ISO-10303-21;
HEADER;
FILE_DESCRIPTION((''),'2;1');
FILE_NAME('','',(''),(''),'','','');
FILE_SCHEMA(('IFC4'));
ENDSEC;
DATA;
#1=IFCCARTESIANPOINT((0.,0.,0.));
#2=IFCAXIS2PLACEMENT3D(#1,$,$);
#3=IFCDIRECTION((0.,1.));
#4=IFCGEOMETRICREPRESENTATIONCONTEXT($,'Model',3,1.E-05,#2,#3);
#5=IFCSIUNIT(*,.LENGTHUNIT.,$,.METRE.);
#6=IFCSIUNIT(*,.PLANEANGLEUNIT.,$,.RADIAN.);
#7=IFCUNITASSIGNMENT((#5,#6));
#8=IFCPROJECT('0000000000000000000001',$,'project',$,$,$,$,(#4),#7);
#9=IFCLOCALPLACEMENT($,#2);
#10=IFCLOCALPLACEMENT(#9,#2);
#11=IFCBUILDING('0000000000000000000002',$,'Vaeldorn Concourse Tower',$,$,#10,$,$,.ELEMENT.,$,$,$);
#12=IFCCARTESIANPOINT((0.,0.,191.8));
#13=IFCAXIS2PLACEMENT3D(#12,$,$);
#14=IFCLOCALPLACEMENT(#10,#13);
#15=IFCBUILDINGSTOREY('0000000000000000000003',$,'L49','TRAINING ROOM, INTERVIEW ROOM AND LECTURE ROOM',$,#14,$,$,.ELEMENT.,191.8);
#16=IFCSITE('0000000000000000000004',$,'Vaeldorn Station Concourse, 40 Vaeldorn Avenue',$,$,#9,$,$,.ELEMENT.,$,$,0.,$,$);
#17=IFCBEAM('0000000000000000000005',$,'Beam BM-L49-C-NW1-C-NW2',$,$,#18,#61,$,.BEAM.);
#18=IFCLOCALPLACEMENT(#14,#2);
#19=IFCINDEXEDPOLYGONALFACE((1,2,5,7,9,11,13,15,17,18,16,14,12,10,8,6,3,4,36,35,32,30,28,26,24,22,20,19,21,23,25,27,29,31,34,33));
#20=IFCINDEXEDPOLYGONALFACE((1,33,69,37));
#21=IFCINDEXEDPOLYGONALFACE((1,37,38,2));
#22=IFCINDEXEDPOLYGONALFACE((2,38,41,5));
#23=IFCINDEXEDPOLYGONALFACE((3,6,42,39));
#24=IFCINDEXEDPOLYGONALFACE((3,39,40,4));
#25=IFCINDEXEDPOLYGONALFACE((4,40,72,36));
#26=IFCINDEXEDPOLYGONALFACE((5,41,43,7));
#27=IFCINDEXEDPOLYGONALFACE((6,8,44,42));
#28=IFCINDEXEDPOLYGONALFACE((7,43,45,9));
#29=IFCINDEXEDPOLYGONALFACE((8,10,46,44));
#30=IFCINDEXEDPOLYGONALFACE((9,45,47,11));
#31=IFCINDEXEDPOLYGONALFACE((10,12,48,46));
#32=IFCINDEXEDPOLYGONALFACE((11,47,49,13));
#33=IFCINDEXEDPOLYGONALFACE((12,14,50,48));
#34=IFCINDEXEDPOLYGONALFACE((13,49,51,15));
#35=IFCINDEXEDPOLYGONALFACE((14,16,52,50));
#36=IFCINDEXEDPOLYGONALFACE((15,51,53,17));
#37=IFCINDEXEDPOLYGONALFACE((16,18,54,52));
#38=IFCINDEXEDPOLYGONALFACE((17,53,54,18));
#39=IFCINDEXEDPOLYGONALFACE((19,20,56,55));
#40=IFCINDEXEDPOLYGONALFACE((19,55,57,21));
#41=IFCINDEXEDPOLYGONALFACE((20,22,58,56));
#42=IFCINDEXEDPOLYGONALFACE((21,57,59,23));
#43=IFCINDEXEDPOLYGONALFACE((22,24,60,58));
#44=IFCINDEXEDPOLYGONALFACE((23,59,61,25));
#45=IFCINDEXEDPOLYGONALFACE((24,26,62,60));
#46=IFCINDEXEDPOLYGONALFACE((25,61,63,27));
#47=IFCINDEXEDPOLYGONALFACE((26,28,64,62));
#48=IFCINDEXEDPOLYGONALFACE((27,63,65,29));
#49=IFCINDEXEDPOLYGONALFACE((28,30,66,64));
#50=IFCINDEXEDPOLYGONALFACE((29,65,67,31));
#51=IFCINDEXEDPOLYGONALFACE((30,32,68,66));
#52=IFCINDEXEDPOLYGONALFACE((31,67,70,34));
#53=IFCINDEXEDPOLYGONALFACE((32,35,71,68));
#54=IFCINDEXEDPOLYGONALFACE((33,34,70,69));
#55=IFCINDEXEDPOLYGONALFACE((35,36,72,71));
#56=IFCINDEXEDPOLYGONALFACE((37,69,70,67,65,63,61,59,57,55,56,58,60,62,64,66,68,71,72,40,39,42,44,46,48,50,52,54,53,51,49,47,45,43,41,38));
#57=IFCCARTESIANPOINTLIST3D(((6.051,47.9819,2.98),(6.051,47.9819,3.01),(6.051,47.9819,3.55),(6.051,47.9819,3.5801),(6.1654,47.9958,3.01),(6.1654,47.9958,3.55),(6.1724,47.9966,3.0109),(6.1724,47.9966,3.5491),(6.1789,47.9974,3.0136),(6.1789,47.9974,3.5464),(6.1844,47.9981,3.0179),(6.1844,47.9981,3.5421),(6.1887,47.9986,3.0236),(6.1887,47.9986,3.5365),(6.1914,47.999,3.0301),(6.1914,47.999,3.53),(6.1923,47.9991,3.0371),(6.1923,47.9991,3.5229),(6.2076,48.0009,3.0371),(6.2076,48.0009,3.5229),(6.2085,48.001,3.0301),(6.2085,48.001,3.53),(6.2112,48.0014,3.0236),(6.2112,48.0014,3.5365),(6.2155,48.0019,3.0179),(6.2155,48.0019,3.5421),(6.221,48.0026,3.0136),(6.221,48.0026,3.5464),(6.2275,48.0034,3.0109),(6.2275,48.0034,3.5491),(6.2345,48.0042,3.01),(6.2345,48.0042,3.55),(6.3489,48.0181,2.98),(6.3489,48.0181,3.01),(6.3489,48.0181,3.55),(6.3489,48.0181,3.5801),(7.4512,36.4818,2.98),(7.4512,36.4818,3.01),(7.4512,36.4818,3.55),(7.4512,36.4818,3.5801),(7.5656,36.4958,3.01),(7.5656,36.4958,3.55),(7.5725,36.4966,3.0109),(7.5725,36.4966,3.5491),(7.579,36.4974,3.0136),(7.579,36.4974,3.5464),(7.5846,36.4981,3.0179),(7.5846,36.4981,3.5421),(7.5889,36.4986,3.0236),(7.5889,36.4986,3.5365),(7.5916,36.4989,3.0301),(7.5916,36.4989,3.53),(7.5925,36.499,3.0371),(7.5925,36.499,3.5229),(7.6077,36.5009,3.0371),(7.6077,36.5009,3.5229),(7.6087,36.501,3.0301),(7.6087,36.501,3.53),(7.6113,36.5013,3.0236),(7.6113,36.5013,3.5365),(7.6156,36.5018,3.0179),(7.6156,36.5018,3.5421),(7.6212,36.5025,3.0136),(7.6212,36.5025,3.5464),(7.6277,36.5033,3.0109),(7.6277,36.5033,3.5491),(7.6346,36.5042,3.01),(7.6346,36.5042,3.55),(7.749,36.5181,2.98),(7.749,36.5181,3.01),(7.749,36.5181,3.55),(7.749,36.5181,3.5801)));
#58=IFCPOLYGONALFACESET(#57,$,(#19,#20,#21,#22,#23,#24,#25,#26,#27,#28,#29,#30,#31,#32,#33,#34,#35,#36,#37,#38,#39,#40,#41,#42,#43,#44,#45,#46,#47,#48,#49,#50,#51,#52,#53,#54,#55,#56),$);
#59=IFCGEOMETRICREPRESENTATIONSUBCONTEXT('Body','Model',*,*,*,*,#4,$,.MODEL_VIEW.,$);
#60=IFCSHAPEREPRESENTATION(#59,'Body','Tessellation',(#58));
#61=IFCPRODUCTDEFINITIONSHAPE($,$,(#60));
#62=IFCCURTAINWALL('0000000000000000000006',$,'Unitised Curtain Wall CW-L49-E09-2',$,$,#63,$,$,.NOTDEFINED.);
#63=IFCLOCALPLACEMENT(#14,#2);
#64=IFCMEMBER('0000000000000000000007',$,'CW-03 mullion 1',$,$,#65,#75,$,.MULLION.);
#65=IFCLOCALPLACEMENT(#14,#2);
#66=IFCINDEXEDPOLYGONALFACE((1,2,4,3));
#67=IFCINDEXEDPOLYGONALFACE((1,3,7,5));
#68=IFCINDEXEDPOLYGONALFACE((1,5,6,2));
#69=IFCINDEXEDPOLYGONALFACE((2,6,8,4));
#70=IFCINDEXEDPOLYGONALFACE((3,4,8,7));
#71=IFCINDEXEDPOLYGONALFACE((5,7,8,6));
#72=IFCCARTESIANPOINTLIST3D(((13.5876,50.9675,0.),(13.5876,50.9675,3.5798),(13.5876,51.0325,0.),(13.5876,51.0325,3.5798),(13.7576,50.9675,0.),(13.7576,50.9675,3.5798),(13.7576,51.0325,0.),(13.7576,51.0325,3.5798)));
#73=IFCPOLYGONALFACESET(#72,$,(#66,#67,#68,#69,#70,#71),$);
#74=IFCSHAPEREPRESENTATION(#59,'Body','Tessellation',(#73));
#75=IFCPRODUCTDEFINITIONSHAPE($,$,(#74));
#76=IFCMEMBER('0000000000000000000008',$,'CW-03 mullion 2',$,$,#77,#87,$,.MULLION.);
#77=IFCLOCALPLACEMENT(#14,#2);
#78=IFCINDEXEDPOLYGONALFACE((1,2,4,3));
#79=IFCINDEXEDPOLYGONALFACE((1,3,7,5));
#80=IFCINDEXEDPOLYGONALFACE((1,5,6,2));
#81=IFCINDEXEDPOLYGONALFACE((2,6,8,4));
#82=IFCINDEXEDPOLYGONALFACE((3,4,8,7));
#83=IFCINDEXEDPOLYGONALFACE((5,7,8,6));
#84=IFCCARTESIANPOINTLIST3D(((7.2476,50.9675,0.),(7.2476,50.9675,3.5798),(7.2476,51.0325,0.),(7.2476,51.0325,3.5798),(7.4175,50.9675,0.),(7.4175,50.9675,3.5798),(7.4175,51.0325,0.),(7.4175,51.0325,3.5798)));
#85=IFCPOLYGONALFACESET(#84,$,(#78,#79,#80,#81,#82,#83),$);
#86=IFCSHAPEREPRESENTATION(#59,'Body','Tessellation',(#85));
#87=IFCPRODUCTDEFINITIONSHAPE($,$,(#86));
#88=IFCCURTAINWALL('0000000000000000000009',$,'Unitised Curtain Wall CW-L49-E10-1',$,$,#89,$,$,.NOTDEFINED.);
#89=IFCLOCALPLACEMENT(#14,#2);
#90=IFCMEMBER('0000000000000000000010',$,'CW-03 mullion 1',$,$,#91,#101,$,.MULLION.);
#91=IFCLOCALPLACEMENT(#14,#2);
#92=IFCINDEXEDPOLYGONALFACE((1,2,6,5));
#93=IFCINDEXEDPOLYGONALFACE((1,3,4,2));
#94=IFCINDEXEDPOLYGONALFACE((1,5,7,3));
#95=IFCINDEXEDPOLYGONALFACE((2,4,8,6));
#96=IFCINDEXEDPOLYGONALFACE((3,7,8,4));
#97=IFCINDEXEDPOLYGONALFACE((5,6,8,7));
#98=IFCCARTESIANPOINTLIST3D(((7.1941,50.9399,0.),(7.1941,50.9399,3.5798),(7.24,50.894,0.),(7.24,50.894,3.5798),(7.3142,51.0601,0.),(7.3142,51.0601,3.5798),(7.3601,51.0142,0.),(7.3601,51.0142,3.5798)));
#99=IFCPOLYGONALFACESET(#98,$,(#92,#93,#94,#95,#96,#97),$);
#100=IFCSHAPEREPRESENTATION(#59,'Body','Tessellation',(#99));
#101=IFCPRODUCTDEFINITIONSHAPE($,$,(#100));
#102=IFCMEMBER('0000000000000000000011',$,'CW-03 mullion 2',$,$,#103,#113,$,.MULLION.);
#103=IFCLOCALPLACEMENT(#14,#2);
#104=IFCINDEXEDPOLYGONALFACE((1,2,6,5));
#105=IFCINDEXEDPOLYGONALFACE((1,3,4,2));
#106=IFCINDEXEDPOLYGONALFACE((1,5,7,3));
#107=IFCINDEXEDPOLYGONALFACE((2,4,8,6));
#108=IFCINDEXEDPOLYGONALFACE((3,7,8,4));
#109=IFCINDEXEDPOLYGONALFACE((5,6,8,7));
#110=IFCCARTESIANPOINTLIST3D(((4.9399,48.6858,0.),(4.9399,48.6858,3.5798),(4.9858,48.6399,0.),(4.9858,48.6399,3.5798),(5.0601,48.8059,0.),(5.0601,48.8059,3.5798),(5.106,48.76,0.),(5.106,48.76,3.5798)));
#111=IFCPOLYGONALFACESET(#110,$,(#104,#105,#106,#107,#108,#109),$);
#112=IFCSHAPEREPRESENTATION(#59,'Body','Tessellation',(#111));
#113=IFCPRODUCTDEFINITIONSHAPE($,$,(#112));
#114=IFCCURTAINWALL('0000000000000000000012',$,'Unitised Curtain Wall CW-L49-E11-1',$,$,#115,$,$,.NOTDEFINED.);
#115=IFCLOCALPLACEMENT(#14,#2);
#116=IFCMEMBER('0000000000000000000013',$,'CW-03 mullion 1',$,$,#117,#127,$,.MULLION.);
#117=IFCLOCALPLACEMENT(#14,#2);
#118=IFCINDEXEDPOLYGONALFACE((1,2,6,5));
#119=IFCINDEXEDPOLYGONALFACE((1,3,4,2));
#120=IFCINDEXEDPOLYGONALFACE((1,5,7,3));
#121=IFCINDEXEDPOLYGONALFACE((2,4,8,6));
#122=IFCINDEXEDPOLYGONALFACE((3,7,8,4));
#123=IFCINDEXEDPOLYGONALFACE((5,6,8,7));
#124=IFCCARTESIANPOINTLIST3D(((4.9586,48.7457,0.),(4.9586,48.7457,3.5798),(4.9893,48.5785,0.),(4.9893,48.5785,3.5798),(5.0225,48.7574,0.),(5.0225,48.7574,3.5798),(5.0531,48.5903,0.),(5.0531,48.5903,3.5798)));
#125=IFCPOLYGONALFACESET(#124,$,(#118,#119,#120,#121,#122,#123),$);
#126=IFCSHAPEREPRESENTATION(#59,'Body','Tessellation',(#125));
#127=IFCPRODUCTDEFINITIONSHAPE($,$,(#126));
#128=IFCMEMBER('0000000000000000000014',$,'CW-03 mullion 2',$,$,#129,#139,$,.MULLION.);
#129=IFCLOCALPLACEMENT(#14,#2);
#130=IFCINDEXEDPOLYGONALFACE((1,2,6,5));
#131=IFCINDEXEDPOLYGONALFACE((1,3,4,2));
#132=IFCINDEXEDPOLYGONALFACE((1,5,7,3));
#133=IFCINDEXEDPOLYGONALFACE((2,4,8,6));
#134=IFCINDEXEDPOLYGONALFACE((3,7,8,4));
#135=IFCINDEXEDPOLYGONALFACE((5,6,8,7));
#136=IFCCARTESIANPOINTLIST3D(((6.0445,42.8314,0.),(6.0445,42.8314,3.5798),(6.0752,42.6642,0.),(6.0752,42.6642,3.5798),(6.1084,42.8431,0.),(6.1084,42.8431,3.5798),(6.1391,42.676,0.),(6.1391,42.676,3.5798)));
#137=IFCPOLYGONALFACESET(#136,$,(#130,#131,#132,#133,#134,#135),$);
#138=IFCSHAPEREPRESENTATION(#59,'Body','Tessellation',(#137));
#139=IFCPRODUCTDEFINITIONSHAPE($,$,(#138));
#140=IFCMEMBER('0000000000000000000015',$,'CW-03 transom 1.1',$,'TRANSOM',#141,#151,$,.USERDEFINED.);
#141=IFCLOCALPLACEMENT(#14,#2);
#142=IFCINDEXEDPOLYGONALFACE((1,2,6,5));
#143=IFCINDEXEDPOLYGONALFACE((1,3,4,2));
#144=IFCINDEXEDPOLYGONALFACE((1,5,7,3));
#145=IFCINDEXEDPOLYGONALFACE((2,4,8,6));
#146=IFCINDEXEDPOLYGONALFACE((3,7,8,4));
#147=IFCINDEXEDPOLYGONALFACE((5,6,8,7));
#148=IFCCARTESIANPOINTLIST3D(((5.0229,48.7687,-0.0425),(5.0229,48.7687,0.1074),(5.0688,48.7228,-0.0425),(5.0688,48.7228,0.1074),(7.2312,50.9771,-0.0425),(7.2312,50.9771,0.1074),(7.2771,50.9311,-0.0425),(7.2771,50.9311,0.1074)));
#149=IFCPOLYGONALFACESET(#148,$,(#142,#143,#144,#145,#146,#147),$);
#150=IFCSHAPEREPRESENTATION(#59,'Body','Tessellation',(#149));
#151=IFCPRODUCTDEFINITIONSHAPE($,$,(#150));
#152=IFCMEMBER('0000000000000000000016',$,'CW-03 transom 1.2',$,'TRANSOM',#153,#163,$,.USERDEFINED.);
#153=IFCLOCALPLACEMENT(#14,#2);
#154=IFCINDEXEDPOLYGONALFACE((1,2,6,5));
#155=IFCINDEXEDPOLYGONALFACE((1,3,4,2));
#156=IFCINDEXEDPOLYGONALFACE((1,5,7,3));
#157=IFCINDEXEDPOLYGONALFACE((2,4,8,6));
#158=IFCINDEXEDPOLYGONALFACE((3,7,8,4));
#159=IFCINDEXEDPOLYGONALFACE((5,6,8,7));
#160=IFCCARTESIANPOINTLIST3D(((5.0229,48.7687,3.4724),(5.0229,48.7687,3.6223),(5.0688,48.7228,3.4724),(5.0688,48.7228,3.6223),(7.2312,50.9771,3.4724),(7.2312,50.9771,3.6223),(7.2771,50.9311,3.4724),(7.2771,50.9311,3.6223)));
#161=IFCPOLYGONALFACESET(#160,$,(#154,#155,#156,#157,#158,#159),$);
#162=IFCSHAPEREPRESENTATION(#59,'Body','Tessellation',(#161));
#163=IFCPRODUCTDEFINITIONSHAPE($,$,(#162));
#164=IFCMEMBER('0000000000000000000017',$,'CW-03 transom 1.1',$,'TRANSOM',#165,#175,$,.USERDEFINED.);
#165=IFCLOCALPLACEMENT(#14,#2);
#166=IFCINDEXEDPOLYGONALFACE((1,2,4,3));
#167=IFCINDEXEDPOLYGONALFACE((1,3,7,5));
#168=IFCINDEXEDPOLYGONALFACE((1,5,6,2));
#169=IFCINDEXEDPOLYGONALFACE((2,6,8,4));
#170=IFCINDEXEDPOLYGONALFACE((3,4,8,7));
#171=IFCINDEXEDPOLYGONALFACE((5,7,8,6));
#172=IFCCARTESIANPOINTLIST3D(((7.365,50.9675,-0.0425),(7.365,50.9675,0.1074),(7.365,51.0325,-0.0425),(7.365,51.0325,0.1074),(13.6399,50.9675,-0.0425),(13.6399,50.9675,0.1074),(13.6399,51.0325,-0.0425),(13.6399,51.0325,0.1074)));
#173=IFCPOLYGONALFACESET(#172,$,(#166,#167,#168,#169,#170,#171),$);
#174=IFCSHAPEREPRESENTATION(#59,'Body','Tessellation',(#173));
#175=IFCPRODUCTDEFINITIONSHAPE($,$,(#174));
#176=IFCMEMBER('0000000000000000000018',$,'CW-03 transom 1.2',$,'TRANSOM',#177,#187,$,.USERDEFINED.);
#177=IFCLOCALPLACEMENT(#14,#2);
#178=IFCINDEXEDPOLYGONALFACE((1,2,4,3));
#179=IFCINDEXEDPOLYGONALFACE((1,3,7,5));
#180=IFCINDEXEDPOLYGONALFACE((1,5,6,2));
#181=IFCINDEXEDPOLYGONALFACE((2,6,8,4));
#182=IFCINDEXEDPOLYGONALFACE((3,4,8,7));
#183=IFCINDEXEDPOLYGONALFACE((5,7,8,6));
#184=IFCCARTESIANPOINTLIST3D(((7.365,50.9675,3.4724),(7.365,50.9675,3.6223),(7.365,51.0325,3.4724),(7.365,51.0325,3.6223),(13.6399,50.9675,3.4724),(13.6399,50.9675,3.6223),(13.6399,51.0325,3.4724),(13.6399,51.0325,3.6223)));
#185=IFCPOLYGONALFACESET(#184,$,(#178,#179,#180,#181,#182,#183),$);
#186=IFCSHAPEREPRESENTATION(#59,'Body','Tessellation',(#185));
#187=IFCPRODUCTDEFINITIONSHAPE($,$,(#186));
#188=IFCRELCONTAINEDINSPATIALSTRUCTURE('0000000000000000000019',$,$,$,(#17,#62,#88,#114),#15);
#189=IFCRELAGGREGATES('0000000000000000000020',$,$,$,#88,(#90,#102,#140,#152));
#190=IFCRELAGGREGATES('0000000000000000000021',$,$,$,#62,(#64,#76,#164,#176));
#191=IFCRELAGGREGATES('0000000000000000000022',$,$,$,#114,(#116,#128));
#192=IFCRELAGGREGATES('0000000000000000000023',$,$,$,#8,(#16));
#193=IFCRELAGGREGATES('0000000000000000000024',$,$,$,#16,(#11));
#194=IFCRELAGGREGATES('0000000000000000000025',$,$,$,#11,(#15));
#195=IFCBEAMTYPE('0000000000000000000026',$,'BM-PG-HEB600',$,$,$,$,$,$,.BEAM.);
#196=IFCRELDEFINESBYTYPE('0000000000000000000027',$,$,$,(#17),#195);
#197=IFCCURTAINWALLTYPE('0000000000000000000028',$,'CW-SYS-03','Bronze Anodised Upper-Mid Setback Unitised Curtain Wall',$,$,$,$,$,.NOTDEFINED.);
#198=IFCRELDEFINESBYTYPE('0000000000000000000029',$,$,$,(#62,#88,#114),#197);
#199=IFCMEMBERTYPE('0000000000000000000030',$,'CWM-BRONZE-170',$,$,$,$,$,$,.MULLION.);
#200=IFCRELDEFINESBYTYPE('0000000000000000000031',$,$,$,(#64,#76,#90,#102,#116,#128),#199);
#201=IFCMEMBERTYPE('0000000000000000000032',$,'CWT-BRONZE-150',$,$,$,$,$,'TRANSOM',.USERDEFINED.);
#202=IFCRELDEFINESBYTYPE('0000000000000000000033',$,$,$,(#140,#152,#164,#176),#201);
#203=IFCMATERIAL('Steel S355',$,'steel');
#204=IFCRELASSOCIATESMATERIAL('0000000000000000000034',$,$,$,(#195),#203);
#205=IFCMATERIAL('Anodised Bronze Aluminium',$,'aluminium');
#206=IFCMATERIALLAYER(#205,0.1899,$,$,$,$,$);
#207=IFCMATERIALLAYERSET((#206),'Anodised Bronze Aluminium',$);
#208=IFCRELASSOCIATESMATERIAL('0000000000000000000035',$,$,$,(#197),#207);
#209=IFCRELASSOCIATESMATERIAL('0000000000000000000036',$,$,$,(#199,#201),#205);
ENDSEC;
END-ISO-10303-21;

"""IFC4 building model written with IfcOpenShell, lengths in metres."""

from ifc_helpers import new_model, si_unit, direction, frame, origin, origin_2d, place, context, subcontext, project, spatial, rectangle, i_section, extrude, source, transform, mapped, material, layer, layer_set, material_profile, profile_set, type_object, element, aggregate, save


model = new_model("IFC4")

# Units and contexts
model_context = context("Model", 3, precision=1e-05, world=origin(), true_north=direction((0.0, 1.0)))
body_context = subcontext(model_context, "Body", "Model", "MODEL_VIEW")
ifc_project = project(units=[si_unit("LENGTHUNIT", "METRE"), si_unit("PLANEANGLEUNIT", "RADIAN")], contexts=[model_context])

# Site, building, storey
site_placement = place(None, origin())
site = spatial("IfcSite", under=ifc_project, at=site_placement, Name="Vaeldorn Station Concourse, 40 Vaeldorn Avenue", CompositionType="ELEMENT", RefElevation=0.0)
building_placement = place(site_placement, origin())
building = spatial("IfcBuilding", under=site, at=building_placement, Name="Vaeldorn Concourse Tower", CompositionType="ELEMENT")
storey_placement = place(building_placement, frame((0.0, 0.0, 191.8)))
storey = spatial("IfcBuildingStorey", under=building, at=storey_placement, Name="L49", Description="TRAINING ROOM, INTERVIEW ROOM AND LECTURE ROOM", CompositionType="ELEMENT", Elevation=191.8)

# Beam
ifc_material_1 = material(Name="Steel S355", Category="steel")
ifc_material_profile_1 = material_profile(ifc_material_1, i_section(OverallWidth=0.3, OverallDepth=0.6001, WebThickness=0.0154, FlangeThickness=0.03, FilletRadius=0.0271, at=origin_2d()), Name="HEB 600")
ifc_profile_set_1 = profile_set([ifc_material_profile_1], Name="Steel S355")
beam_type_1 = type_object("IfcBeamType", Name="BM-PG-HEB600", PredefinedType="BEAM", material=ifc_profile_set_1)
shared_shape_1 = source(origin(), body_context, "Body", "SweptSolid", [
    extrude(i_section(OverallWidth=0.3, OverallDepth=0.6001, WebThickness=0.0154, FlangeThickness=0.03, FilletRadius=0.0271, at=origin_2d()), origin(), (0.0, 0.0, 1.0), 11.585),
])
beam_1_placement = place(storey_placement, frame((6.2, 48.0, 3.28), z_axis=(0.120859, -0.99267, 0.0), x_axis=(0.99267, 0.120859, 0.0)))
element("IfcBeam", 1, at=beam_1_placement, inside=storey, type_object=beam_type_1, Name="Beam BM-L49-C-NW1-C-NW2", PredefinedType="BEAM", context=body_context, shape_type="MappedRepresentation", body=[
    mapped(shared_shape_1, transform((0.0, 0.0, 0.0), scale=1.0)),
])

# Curtain walls, members
ifc_material_2 = material(Name="Anodised Bronze Aluminium", Category="aluminium")
ifc_layer_1 = layer(ifc_material_2, 0.1899)
ifc_layer_set_1 = layer_set([ifc_layer_1], Name="Anodised Bronze Aluminium")
curtain_wall_type = type_object("IfcCurtainWallType", Name="CW-SYS-03", Description="Bronze Anodised Upper-Mid Setback Unitised Curtain Wall", PredefinedType="NOTDEFINED", material=ifc_layer_set_1)
curtain_wall_1_placement = place(storey_placement, origin())
curtain_wall_1 = element("IfcCurtainWall", 2, at=curtain_wall_1_placement, inside=storey, type_object=curtain_wall_type, Name="Unitised Curtain Wall CW-L49-E09-2", PredefinedType="NOTDEFINED")
ifc_material_profile_2 = material_profile(ifc_material_2, rectangle(XDim=0.0649, YDim=0.1699, at=origin_2d()), Name="CWM 65x170")
ifc_profile_set_2 = profile_set([ifc_material_profile_2], Name="Anodised Bronze Aluminium")
member_type_1 = type_object("IfcMemberType", Name="CWM-BRONZE-170", PredefinedType="MULLION", material=ifc_profile_set_2)
shared_shape_2 = source(origin(), body_context, "Body", "SweptSolid", [
    extrude(rectangle(XDim=0.0649, YDim=0.1699, at=origin_2d()), origin(), (0.0, 0.0, 1.0), 3.5798),
])
member_1_placement = place(storey_placement, frame((13.6726, 51.0, 0.0), z_axis=(0.0, 0.0, 1.0), x_axis=(0.0, -1.0, 0.0)))
member_1 = element("IfcMember", 3, at=member_1_placement, type_object=member_type_1, Name="CW-03 mullion 1", PredefinedType="MULLION", context=body_context, shape_type="MappedRepresentation", body=[
    mapped(shared_shape_2, transform((0.0, 0.0, 0.0), scale=1.0)),
])
member_2_placement = place(storey_placement, frame((7.3325, 51.0, 0.0), z_axis=(0.0, 0.0, 1.0), x_axis=(0.0, -1.0, 0.0)))
member_2 = element("IfcMember", 4, at=member_2_placement, type_object=member_type_1, Name="CW-03 mullion 2", PredefinedType="MULLION", context=body_context, shape_type="MappedRepresentation", body=[
    mapped(shared_shape_2, transform((0.0, 0.0, 0.0), scale=1.0)),
])
curtain_wall_2_placement = place(storey_placement, origin())
curtain_wall_2 = element("IfcCurtainWall", 5, at=curtain_wall_2_placement, inside=storey, type_object=curtain_wall_type, Name="Unitised Curtain Wall CW-L49-E10-1", PredefinedType="NOTDEFINED")
member_3_placement = place(storey_placement, frame((7.2771, 50.9771, 0.0), z_axis=(0.0, 0.0, 1.0), x_axis=(0.707107, -0.707107, 0.0)))
member_3 = element("IfcMember", 6, at=member_3_placement, type_object=member_type_1, Name="CW-03 mullion 1", PredefinedType="MULLION", context=body_context, shape_type="MappedRepresentation", body=[
    mapped(shared_shape_2, transform((0.0, 0.0, 0.0), scale=1.0)),
])
member_4_placement = place(storey_placement, frame((5.0229, 48.7229, 0.0), z_axis=(0.0, 0.0, 1.0), x_axis=(0.707107, -0.707107, 0.0)))
member_4 = element("IfcMember", 7, at=member_4_placement, type_object=member_type_1, Name="CW-03 mullion 2", PredefinedType="MULLION", context=body_context, shape_type="MappedRepresentation", body=[
    mapped(shared_shape_2, transform((0.0, 0.0, 0.0), scale=1.0)),
])
curtain_wall_3_placement = place(storey_placement, origin())
curtain_wall_3 = element("IfcCurtainWall", 8, at=curtain_wall_3_placement, inside=storey, type_object=curtain_wall_type, Name="Unitised Curtain Wall CW-L49-E11-1", PredefinedType="NOTDEFINED")
member_5_placement = place(storey_placement, frame((5.0059, 48.668, 0.0), z_axis=(0.0, 0.0, 1.0), x_axis=(0.983559, 0.180585, 0.0)))
member_5 = element("IfcMember", 9, at=member_5_placement, type_object=member_type_1, Name="CW-03 mullion 1", PredefinedType="MULLION", context=body_context, shape_type="MappedRepresentation", body=[
    mapped(shared_shape_2, transform((0.0, 0.0, 0.0), scale=1.0)),
])
member_6_placement = place(storey_placement, frame((6.0918, 42.7537, 0.0), z_axis=(0.0, 0.0, 1.0), x_axis=(0.983559, 0.180585, 0.0)))
member_6 = element("IfcMember", 10, at=member_6_placement, type_object=member_type_1, Name="CW-03 mullion 2", PredefinedType="MULLION", context=body_context, shape_type="MappedRepresentation", body=[
    mapped(shared_shape_2, transform((0.0, 0.0, 0.0), scale=1.0)),
])

# Members
ifc_material_profile_3 = material_profile(ifc_material_2, rectangle(XDim=0.0649, YDim=0.1499, at=origin_2d()), Name="CWT 65x150")
ifc_profile_set_3 = profile_set([ifc_material_profile_3], Name="Anodised Bronze Aluminium")
member_type_2 = type_object("IfcMemberType", Name="CWT-BRONZE-150", ElementType="TRANSOM", PredefinedType="USERDEFINED", material=ifc_profile_set_3)
shared_shape_3 = source(origin(), body_context, "Body", "SweptSolid", [
    extrude(rectangle(XDim=0.0649, YDim=0.1499, at=origin_2d()), origin(), (0.0, 0.0, 1.0), 3.123),
])
member_7_placement = place(storey_placement, frame((7.2542, 50.9541, 0.0325), z_axis=(-0.707107, -0.707107, 0.0), x_axis=(0.707107, -0.707107, 0.0)))
member_7 = element("IfcMember", 11, at=member_7_placement, type_object=member_type_2, Name="CW-03 transom 1.1", ObjectType="TRANSOM", PredefinedType="USERDEFINED", context=body_context, shape_type="MappedRepresentation", body=[
    mapped(shared_shape_3, transform((0.0, 0.0, 0.0), scale=1.0)),
])
member_8_placement = place(storey_placement, frame((7.2542, 50.9541, 3.5474), z_axis=(-0.707107, -0.707107, 0.0), x_axis=(0.707107, -0.707107, 0.0)))
member_8 = element("IfcMember", 12, at=member_8_placement, type_object=member_type_2, Name="CW-03 transom 1.2", ObjectType="TRANSOM", PredefinedType="USERDEFINED", context=body_context, shape_type="MappedRepresentation", body=[
    mapped(shared_shape_3, transform((0.0, 0.0, 0.0), scale=1.0)),
])
shared_shape_4 = source(origin(), body_context, "Body", "SweptSolid", [
    extrude(rectangle(XDim=0.0649, YDim=0.1499, at=origin_2d()), origin(), (0.0, 0.0, 1.0), 6.2749),
])
member_9_placement = place(storey_placement, frame((13.6399, 51.0, 0.0325), z_axis=(-1.0, 0.0, 0.0), x_axis=(0.0, -1.0, 0.0)))
member_9 = element("IfcMember", 13, at=member_9_placement, type_object=member_type_2, Name="CW-03 transom 1.1", ObjectType="TRANSOM", PredefinedType="USERDEFINED", context=body_context, shape_type="MappedRepresentation", body=[
    mapped(shared_shape_4, transform((0.0, 0.0, 0.0), scale=1.0)),
])
member_10_placement = place(storey_placement, frame((13.6399, 51.0, 3.5474), z_axis=(-1.0, 0.0, 0.0), x_axis=(0.0, -1.0, 0.0)))
member_10 = element("IfcMember", 14, at=member_10_placement, type_object=member_type_2, Name="CW-03 transom 1.2", ObjectType="TRANSOM", PredefinedType="USERDEFINED", context=body_context, shape_type="MappedRepresentation", body=[
    mapped(shared_shape_4, transform((0.0, 0.0, 0.0), scale=1.0)),
])

aggregate(curtain_wall_2, [member_3, member_4, member_7, member_8])
aggregate(curtain_wall_1, [member_1, member_2, member_9, member_10])
aggregate(curtain_wall_3, [member_5, member_6])

save(model, "model.ifc")
